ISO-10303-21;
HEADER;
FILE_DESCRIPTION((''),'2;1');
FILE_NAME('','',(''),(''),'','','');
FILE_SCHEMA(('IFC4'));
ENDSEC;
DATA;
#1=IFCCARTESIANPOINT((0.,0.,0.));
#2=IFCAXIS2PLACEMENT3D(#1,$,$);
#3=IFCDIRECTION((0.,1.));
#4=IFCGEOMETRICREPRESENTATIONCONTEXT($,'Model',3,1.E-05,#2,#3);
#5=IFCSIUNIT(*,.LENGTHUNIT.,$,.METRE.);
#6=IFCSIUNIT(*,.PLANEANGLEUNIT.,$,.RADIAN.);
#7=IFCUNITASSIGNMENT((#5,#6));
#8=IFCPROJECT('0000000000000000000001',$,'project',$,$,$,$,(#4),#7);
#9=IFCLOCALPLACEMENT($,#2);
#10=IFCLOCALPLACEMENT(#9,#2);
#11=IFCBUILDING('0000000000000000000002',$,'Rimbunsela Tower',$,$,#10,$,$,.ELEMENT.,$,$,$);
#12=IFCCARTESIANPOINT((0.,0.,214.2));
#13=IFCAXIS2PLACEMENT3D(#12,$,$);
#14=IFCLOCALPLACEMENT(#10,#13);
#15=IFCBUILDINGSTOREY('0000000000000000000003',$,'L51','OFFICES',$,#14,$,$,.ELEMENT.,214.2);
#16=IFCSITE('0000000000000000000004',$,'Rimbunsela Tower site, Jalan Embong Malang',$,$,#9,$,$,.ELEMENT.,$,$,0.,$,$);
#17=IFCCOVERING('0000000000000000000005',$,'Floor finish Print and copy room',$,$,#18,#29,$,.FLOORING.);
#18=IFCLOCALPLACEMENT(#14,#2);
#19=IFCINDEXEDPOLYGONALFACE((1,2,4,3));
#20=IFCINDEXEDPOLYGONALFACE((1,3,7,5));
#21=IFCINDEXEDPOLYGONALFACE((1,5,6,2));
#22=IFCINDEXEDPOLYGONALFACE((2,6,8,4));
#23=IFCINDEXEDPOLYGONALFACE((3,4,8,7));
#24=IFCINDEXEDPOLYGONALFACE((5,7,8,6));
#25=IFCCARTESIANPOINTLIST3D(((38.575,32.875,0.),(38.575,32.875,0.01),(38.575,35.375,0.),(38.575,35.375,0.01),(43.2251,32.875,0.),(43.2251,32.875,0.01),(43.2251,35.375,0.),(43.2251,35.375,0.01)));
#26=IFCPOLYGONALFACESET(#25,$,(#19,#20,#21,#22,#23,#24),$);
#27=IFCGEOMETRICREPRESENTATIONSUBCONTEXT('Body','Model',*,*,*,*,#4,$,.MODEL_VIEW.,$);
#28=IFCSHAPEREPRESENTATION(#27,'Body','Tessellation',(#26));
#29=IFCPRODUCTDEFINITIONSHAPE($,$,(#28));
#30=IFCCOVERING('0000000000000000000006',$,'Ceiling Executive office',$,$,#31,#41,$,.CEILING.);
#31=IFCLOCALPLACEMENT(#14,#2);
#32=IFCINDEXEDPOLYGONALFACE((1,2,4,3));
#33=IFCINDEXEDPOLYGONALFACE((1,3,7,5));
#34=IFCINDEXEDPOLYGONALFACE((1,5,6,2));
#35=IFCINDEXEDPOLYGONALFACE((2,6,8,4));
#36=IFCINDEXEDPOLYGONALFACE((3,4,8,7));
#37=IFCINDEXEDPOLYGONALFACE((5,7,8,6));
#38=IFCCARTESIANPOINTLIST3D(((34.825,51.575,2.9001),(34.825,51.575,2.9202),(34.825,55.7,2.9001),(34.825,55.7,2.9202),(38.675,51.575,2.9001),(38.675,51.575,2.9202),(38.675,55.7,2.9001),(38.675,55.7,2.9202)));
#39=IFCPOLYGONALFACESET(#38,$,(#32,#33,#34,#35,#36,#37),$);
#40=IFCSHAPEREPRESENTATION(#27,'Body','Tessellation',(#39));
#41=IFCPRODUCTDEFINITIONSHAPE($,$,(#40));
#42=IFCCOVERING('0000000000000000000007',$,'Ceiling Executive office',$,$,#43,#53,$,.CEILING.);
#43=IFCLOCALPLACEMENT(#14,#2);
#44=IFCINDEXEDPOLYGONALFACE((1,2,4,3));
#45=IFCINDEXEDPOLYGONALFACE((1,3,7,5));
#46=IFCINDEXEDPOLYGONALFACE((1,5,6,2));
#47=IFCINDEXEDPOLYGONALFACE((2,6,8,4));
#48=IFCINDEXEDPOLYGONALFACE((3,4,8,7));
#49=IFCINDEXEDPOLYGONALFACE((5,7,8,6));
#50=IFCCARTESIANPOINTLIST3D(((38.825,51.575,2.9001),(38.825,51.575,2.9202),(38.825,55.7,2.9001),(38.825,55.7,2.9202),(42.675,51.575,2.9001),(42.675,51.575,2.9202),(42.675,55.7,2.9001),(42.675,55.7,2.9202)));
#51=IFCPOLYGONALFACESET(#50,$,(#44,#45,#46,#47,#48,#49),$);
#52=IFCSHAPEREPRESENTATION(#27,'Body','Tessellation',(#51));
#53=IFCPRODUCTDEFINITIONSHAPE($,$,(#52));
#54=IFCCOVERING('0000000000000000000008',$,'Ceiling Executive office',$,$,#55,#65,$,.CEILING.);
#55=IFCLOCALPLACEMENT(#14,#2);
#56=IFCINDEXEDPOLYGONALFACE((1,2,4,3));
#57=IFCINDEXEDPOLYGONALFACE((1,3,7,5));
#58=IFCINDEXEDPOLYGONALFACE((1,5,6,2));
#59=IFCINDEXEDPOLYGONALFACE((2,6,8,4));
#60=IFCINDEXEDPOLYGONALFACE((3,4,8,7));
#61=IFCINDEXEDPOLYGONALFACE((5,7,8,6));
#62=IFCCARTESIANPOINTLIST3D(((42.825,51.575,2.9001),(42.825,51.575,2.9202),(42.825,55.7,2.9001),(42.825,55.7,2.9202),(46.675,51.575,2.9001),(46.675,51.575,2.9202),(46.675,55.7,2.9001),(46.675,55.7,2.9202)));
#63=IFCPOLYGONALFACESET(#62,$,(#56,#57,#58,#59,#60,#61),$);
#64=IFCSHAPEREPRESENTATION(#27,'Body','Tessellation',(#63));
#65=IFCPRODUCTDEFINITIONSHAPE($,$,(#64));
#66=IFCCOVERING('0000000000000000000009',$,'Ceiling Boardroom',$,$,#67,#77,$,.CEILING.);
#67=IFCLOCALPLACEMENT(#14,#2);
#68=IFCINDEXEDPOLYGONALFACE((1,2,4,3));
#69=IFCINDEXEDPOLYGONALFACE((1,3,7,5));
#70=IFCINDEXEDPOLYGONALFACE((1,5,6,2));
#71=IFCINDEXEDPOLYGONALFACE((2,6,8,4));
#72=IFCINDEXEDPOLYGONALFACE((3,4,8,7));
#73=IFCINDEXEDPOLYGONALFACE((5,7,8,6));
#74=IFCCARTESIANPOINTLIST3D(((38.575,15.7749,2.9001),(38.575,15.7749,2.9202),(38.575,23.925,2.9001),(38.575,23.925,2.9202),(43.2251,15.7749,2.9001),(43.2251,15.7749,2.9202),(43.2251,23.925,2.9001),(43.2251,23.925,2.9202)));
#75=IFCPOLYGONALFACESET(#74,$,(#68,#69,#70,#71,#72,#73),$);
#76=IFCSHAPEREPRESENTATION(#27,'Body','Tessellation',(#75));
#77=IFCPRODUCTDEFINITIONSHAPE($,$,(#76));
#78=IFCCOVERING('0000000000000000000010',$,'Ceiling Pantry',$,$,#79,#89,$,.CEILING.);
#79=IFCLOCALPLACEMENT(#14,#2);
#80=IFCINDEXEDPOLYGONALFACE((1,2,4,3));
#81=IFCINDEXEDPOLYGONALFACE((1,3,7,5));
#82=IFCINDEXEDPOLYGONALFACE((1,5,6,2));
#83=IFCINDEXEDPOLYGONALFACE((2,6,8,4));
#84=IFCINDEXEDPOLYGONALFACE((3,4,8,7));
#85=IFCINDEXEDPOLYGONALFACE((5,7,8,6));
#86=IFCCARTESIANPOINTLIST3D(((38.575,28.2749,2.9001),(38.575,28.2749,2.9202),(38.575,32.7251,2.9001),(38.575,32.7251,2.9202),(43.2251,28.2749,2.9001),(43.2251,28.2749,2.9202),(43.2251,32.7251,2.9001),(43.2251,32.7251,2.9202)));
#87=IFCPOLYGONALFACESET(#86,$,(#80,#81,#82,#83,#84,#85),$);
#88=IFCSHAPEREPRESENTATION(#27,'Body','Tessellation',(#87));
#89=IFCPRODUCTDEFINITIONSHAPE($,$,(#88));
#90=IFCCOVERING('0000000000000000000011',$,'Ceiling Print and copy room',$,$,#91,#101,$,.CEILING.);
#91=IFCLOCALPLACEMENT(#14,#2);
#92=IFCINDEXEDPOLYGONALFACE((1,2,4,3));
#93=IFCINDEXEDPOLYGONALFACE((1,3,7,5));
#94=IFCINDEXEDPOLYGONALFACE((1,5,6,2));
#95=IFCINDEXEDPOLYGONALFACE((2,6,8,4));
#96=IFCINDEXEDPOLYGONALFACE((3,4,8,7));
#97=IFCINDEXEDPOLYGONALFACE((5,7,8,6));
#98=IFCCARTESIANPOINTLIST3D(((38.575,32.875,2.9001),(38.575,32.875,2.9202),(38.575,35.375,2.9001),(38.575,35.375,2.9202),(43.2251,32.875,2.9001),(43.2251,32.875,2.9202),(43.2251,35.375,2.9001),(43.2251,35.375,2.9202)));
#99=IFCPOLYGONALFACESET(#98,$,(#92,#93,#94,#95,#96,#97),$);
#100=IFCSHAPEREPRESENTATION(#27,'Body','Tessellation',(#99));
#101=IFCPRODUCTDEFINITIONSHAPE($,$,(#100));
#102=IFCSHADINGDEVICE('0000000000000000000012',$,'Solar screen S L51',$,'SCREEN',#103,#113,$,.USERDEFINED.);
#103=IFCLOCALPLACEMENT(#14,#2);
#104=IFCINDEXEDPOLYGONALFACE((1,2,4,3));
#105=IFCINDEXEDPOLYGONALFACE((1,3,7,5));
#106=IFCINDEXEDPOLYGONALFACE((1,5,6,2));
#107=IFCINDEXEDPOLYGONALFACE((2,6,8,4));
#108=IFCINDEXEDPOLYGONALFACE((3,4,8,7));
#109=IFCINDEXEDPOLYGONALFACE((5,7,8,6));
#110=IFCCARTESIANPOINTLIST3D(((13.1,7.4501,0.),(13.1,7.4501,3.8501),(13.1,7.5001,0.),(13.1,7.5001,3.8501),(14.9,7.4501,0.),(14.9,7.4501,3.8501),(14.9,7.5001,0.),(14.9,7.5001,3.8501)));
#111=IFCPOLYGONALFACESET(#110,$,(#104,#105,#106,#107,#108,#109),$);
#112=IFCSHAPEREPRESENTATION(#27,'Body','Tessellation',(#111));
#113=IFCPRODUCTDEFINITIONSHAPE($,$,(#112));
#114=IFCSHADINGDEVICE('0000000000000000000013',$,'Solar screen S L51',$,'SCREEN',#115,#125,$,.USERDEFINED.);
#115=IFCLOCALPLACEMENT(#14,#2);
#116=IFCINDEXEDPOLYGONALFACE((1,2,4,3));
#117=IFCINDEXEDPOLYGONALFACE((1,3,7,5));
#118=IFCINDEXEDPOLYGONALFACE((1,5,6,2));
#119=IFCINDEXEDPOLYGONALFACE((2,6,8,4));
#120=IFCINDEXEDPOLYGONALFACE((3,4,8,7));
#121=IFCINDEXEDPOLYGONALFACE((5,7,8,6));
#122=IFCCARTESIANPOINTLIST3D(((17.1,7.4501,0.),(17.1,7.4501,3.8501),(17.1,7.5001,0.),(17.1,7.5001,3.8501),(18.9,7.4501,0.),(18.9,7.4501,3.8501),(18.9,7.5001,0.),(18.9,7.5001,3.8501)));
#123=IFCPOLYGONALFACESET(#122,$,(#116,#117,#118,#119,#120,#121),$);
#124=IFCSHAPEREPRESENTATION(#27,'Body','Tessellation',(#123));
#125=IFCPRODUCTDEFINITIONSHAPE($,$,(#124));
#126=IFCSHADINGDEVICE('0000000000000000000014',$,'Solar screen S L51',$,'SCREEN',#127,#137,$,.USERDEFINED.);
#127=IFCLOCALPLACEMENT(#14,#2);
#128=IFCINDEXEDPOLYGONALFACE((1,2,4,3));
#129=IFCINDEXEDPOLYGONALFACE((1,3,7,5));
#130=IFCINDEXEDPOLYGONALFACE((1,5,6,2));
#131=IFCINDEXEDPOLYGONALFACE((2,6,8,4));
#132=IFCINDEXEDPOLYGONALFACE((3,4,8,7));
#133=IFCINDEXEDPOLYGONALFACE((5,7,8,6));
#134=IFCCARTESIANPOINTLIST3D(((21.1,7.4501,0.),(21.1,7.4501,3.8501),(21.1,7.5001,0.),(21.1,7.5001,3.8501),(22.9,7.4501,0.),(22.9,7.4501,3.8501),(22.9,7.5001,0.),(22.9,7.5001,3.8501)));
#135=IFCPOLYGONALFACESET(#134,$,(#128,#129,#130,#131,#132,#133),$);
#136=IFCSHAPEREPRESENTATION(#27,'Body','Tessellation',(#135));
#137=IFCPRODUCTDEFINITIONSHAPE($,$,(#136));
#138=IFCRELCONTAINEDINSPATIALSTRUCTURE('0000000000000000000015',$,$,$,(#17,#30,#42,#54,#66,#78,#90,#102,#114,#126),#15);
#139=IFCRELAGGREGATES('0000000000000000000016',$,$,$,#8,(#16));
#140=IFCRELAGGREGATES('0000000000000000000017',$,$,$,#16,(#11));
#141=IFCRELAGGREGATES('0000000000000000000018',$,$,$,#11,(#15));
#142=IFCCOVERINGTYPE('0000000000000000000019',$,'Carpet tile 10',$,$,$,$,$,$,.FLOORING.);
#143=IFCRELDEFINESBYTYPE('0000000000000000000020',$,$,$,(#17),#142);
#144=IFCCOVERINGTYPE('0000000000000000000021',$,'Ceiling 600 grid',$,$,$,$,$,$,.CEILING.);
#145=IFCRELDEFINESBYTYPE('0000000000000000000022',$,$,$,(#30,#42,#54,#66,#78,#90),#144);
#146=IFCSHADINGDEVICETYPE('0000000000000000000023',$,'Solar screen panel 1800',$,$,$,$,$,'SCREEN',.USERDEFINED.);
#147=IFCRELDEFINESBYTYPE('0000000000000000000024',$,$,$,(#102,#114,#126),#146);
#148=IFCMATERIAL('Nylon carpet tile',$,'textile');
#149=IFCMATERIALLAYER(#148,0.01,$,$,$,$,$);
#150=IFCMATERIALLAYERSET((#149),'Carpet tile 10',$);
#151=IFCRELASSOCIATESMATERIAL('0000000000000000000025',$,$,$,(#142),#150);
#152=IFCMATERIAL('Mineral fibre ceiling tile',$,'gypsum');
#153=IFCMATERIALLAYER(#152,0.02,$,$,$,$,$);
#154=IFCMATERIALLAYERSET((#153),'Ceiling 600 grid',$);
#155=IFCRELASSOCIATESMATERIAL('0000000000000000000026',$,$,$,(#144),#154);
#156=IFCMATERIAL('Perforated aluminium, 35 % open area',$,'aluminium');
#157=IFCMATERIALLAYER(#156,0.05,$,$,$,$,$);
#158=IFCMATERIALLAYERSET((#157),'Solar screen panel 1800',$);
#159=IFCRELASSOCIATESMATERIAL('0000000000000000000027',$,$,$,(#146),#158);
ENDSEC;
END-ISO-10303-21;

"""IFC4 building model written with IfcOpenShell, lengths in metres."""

from ifc_helpers import new_model, si_unit, direction, frame, origin, origin_2d, place, context, subcontext, project, spatial, polyline, rectangle, outline, extrude, material, layer, layer_set, type_object, element, save


model = new_model("IFC4")

# Units and contexts
model_context = context("Model", 3, precision=1e-05, world=origin(), true_north=direction((0.0, 1.0)))
body_context = subcontext(model_context, "Body", "Model", "MODEL_VIEW")
ifc_project = project(units=[si_unit("LENGTHUNIT", "METRE"), si_unit("PLANEANGLEUNIT", "RADIAN")], contexts=[model_context])

# Site, building, storey
site_placement = place(None, origin())
site = spatial("IfcSite", under=ifc_project, at=site_placement, Name="Rimbunsela Tower site, Jalan Embong Malang", CompositionType="ELEMENT", RefElevation=0.0)
building_placement = place(site_placement, origin())
building = spatial("IfcBuilding", under=site, at=building_placement, Name="Rimbunsela Tower", CompositionType="ELEMENT")
storey_placement = place(building_placement, frame((0.0, 0.0, 214.2)))
storey = spatial("IfcBuildingStorey", under=building, at=storey_placement, Name="L51", Description="OFFICES", CompositionType="ELEMENT", Elevation=214.2)

# Coverings
ifc_material_1 = material(Name="Nylon carpet tile", Category="textile")
ifc_layer_1 = layer(ifc_material_1, 0.01)
ifc_layer_set_1 = layer_set([ifc_layer_1], Name="Carpet tile 10")
covering_type_1 = type_object("IfcCoveringType", Name="Carpet tile 10", PredefinedType="FLOORING", material=ifc_layer_set_1)
covering_1_placement = place(storey_placement, origin())
element("IfcCovering", 1, at=covering_1_placement, inside=storey, type_object=covering_type_1, Name="Floor finish Print and copy room", PredefinedType="FLOORING", context=body_context, shape_type="SweptSolid", body=[
    extrude(outline(polyline([(43.2251, 32.875), (43.2251, 35.375), (38.575, 35.375), (38.575, 32.875), (43.2251, 32.875)])), origin(), (0.0, 0.0, 1.0), 0.01),
])
ifc_material_2 = material(Name="Mineral fibre ceiling tile", Category="gypsum")
ifc_layer_2 = layer(ifc_material_2, 0.02)
ifc_layer_set_2 = layer_set([ifc_layer_2], Name="Ceiling 600 grid")
covering_type_2 = type_object("IfcCoveringType", Name="Ceiling 600 grid", PredefinedType="CEILING", material=ifc_layer_set_2)
covering_2_placement = place(storey_placement, frame((0.0, 0.0, 2.9001)))
element("IfcCovering", 2, at=covering_2_placement, inside=storey, type_object=covering_type_2, Name="Ceiling Executive office", PredefinedType="CEILING", context=body_context, shape_type="SweptSolid", body=[
    extrude(outline(polyline([(38.675, 51.575), (38.675, 55.7), (34.825, 55.7), (34.825, 51.575), (38.675, 51.575)])), origin(), (0.0, 0.0, 1.0), 0.02),
])
covering_3_placement = place(storey_placement, frame((0.0, 0.0, 2.9001)))
element("IfcCovering", 3, at=covering_3_placement, inside=storey, type_object=covering_type_2, Name="Ceiling Executive office", PredefinedType="CEILING", context=body_context, shape_type="SweptSolid", body=[
    extrude(outline(polyline([(42.675, 51.575), (42.675, 55.7), (38.825, 55.7), (38.825, 51.575), (42.675, 51.575)])), origin(), (0.0, 0.0, 1.0), 0.02),
])
covering_4_placement = place(storey_placement, frame((0.0, 0.0, 2.9001)))
element("IfcCovering", 4, at=covering_4_placement, inside=storey, type_object=covering_type_2, Name="Ceiling Executive office", PredefinedType="CEILING", context=body_context, shape_type="SweptSolid", body=[
    extrude(outline(polyline([(46.675, 51.575), (46.675, 55.7), (42.825, 55.7), (42.825, 51.575), (46.675, 51.575)])), origin(), (0.0, 0.0, 1.0), 0.02),
])
covering_5_placement = place(storey_placement, frame((0.0, 0.0, 2.9001)))
element("IfcCovering", 5, at=covering_5_placement, inside=storey, type_object=covering_type_2, Name="Ceiling Boardroom", PredefinedType="CEILING", context=body_context, shape_type="SweptSolid", body=[
    extrude(outline(polyline([(43.2251, 15.7749), (43.2251, 23.925), (38.575, 23.925), (38.575, 15.7749), (43.2251, 15.7749)])), origin(), (0.0, 0.0, 1.0), 0.02),
])
covering_6_placement = place(storey_placement, frame((0.0, 0.0, 2.9001)))
element("IfcCovering", 6, at=covering_6_placement, inside=storey, type_object=covering_type_2, Name="Ceiling Pantry", PredefinedType="CEILING", context=body_context, shape_type="SweptSolid", body=[
    extrude(outline(polyline([(43.2251, 28.2749), (43.2251, 32.7251), (38.575, 32.7251), (38.575, 28.2749), (43.2251, 28.2749)])), origin(), (0.0, 0.0, 1.0), 0.02),
])
covering_7_placement = place(storey_placement, frame((0.0, 0.0, 2.9001)))
element("IfcCovering", 7, at=covering_7_placement, inside=storey, type_object=covering_type_2, Name="Ceiling Print and copy room", PredefinedType="CEILING", context=body_context, shape_type="SweptSolid", body=[
    extrude(outline(polyline([(43.2251, 32.875), (43.2251, 35.375), (38.575, 35.375), (38.575, 32.875), (43.2251, 32.875)])), origin(), (0.0, 0.0, 1.0), 0.02),
])

# Shading devices
ifc_material_3 = material(Name="Perforated aluminium, 35 % open area", Category="aluminium")
ifc_layer_3 = layer(ifc_material_3, 0.05)
ifc_layer_set_3 = layer_set([ifc_layer_3], Name="Solar screen panel 1800")
shading_device_type = type_object("IfcShadingDeviceType", Name="Solar screen panel 1800", ElementType="SCREEN", PredefinedType="USERDEFINED", material=ifc_layer_set_3)
for number, where, z_axis, x_axis, name in (
    (8, (14.0, 7.4751, 0.0), (0.0, 0.0, 1.0), (1.0, 0.0, 0.0), "Solar screen S L51"),
    (9, (18.0, 7.4751, 0.0), (0.0, 0.0, 1.0), (1.0, 0.0, 0.0), "Solar screen S L51"),
    (10, (22.0, 7.4751, 0.0), (0.0, 0.0, 1.0), (1.0, 0.0, 0.0), "Solar screen S L51"),
):
    element("IfcShadingDevice", number, at=place(storey_placement, frame(where, z_axis=z_axis, x_axis=x_axis)), inside=storey, type_object=shading_device_type, Name=name, ObjectType="SCREEN", PredefinedType="USERDEFINED", context=body_context, shape_type="SweptSolid", body=[
        extrude(rectangle(XDim=1.8, YDim=0.05, at=origin_2d()), origin(), (0.0, 0.0, 1.0), 3.8501),
    ])

save(model, "model.ifc")
